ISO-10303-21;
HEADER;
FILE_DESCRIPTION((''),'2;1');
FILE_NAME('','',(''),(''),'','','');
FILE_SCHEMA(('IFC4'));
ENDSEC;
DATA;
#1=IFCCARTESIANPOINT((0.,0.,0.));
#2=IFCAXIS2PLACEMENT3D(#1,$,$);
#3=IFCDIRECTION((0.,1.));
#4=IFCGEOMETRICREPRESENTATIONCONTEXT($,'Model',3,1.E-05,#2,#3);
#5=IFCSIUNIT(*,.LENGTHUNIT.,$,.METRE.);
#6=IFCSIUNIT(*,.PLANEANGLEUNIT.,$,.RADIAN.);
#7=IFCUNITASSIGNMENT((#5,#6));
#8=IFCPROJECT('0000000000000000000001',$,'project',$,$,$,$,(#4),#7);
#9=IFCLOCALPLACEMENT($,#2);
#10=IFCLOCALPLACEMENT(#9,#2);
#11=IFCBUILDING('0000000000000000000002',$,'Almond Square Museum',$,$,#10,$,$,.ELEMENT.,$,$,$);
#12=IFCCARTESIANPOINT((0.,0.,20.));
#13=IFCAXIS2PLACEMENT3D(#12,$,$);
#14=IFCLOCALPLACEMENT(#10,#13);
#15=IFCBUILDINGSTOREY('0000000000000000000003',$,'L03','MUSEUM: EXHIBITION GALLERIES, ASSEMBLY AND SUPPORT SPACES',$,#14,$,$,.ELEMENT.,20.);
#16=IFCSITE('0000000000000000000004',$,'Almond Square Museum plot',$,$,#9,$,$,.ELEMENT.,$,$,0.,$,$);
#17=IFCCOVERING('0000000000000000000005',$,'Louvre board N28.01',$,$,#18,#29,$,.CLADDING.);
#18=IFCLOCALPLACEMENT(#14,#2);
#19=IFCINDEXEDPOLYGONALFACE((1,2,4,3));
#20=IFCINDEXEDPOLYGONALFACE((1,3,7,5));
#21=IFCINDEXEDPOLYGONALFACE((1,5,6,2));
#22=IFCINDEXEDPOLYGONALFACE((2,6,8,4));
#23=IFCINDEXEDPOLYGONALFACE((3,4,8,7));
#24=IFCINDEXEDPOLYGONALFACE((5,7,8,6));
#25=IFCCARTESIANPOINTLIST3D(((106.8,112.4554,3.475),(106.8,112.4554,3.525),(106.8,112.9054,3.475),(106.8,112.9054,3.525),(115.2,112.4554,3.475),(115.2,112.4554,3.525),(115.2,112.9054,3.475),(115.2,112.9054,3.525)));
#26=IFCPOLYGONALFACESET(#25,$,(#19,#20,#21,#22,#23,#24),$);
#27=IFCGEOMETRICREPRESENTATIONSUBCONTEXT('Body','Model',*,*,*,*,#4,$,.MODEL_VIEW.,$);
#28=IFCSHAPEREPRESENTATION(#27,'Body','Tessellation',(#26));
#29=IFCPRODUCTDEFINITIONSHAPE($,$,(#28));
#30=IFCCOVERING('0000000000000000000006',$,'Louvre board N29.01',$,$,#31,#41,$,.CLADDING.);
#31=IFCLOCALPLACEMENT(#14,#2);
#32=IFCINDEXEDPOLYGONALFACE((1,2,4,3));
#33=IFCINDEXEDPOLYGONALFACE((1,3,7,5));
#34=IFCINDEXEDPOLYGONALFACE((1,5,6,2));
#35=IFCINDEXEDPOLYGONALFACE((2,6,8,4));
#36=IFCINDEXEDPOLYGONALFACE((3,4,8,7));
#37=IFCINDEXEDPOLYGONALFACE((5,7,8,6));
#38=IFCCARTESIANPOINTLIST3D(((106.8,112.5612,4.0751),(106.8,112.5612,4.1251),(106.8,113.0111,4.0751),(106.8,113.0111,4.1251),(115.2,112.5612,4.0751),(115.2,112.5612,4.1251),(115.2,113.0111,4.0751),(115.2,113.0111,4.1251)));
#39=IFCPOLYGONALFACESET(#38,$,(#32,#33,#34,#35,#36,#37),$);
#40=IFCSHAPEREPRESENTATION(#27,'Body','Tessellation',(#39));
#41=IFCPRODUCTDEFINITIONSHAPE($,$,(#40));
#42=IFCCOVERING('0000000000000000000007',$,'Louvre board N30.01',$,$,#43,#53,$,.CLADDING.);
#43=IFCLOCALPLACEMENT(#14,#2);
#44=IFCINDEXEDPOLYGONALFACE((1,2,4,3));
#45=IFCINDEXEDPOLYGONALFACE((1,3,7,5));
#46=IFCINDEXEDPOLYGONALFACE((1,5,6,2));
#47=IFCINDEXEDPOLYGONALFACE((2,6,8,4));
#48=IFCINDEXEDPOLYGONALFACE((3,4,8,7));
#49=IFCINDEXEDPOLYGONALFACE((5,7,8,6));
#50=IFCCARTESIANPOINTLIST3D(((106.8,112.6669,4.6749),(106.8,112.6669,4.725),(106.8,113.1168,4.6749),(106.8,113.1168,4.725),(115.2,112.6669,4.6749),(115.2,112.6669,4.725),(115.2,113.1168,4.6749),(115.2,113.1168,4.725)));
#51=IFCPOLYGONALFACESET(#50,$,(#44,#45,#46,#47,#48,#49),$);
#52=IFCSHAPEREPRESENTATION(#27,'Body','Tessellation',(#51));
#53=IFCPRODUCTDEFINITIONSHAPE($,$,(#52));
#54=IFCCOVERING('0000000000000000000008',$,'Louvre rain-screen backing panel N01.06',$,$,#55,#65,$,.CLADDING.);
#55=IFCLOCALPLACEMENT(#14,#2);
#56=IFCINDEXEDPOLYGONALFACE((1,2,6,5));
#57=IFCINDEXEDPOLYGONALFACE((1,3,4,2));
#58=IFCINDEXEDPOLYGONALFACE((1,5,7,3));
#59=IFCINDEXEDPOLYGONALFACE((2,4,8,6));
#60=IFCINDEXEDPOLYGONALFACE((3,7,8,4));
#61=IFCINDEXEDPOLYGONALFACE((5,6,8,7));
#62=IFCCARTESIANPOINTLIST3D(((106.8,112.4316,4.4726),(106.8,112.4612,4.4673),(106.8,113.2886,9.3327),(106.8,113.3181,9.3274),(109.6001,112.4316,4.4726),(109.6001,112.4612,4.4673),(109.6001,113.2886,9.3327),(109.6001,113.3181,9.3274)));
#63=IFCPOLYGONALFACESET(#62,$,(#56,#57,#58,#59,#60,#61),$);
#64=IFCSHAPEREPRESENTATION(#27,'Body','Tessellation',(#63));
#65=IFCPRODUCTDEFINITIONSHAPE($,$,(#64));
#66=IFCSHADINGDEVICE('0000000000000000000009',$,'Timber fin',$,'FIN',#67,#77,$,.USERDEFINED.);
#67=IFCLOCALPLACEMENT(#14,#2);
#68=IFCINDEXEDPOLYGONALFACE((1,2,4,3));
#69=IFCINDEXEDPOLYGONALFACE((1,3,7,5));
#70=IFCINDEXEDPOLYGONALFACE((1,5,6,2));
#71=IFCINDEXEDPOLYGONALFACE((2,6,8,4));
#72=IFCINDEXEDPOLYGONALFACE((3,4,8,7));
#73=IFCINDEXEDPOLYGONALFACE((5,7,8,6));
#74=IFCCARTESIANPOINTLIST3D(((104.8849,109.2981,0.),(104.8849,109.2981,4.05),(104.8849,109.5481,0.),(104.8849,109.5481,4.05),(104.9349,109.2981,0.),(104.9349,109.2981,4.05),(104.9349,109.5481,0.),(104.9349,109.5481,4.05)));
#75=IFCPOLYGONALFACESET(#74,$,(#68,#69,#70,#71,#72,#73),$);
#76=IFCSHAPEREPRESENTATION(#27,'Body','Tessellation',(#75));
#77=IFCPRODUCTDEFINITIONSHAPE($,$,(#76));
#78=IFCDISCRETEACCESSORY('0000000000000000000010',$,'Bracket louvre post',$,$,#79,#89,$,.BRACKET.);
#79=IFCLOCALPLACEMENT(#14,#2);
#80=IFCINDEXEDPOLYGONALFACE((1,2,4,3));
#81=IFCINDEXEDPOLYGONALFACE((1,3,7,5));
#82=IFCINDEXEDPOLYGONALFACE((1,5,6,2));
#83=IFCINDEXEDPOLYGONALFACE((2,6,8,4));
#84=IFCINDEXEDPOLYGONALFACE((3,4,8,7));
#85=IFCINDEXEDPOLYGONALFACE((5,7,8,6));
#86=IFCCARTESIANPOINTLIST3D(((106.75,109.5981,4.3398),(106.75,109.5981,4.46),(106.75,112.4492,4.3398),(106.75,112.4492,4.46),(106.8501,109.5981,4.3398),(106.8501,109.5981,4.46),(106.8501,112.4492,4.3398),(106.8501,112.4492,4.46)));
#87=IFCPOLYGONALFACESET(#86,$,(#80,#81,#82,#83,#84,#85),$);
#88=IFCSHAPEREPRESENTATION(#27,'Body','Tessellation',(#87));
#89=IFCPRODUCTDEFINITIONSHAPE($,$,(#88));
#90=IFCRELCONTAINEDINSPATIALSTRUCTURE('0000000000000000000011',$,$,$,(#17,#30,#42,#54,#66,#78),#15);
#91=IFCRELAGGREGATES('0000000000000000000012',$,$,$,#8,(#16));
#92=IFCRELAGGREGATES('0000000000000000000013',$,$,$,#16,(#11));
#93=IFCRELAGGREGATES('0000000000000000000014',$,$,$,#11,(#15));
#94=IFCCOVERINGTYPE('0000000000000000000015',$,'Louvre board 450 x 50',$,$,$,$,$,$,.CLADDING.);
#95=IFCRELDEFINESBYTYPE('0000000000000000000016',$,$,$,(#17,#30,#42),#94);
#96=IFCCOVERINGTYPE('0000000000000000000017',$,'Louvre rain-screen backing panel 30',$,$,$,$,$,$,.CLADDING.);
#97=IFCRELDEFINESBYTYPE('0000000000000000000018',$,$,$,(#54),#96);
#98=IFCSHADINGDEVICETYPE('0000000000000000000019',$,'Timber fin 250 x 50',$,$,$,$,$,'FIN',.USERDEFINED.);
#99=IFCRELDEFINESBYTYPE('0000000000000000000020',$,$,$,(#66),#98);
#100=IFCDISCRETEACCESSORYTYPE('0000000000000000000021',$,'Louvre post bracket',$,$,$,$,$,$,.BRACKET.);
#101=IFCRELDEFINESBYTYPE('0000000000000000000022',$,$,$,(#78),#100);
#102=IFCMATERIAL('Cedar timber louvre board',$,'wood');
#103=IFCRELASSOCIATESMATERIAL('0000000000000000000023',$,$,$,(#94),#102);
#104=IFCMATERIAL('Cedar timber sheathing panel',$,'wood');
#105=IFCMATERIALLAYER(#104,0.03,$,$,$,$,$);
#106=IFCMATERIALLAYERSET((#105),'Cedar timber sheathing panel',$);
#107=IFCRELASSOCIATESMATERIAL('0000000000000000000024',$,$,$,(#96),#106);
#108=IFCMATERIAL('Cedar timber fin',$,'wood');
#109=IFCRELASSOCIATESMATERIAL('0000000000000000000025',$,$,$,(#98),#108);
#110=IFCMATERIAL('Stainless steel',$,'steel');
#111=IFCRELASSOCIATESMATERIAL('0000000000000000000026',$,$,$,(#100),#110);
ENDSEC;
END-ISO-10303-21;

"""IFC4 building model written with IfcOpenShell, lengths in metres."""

from ifc_helpers import new_model, si_unit, direction, frame, origin, origin_2d, place, context, subcontext, project, spatial, polyline, rectangle, outline, extrude, material, layer, layer_set, material_profile, profile_set, type_object, element, save


model = new_model("IFC4")

# Units and contexts
model_context = context("Model", 3, precision=1e-05, world=origin(), true_north=direction((0.0, 1.0)))
body_context = subcontext(model_context, "Body", "Model", "MODEL_VIEW")
ifc_project = project(units=[si_unit("LENGTHUNIT", "METRE"), si_unit("PLANEANGLEUNIT", "RADIAN")], contexts=[model_context])

# Site, building, storey
site_placement = place(None, origin())
site = spatial("IfcSite", under=ifc_project, at=site_placement, Name="Almond Square Museum plot", CompositionType="ELEMENT", RefElevation=0.0)
building_placement = place(site_placement, origin())
building = spatial("IfcBuilding", under=site, at=building_placement, Name="Almond Square Museum", CompositionType="ELEMENT")
storey_placement = place(building_placement, frame((0.0, 0.0, 20.0)))
storey = spatial("IfcBuildingStorey", under=building, at=storey_placement, Name="L03", Description="MUSEUM: EXHIBITION GALLERIES, ASSEMBLY AND SUPPORT SPACES", CompositionType="ELEMENT", Elevation=20.0)

# Coverings
ifc_material_1 = material(Name="Cedar timber louvre board", Category="wood")
ifc_material_profile_1 = material_profile(ifc_material_1, rectangle(XDim=0.45, YDim=0.05, at=origin_2d()))
ifc_profile_set_1 = profile_set([ifc_material_profile_1], Name="Cedar timber louvre board")
covering_type_1 = type_object("IfcCoveringType", Name="Louvre board 450 x 50", PredefinedType="CLADDING", material=ifc_profile_set_1)
for number, where, z_axis, x_axis, name in (
    (1, (106.8, 112.6804, 3.5), (1.0, 0.0, 0.0), (0.0, 1.0, 0.0), "Louvre board N28.01"),
    (2, (106.8, 112.7861, 4.1001), (1.0, 0.0, 0.0), (0.0, 1.0, 0.0), "Louvre board N29.01"),
    (3, (106.8, 112.8918, 4.7), (1.0, 0.0, 0.0), (0.0, 1.0, 0.0), "Louvre board N30.01"),
):
    element("IfcCovering", number, at=place(storey_placement, frame(where, z_axis=z_axis, x_axis=x_axis)), inside=storey, type_object=covering_type_1, Name=name, PredefinedType="CLADDING", context=body_context, shape_type="SweptSolid", body=[
        extrude(rectangle(XDim=0.45, YDim=0.05, at=origin_2d()), origin(), (0.0, 0.0, 1.0), 8.3999),
    ])
ifc_material_2 = material(Name="Cedar timber sheathing panel", Category="wood")
ifc_layer_1 = layer(ifc_material_2, 0.03)
ifc_layer_set_1 = layer_set([ifc_layer_1], Name="Cedar timber sheathing panel")
covering_type_2 = type_object("IfcCoveringType", Name="Louvre rain-screen backing panel 30", PredefinedType="CLADDING", material=ifc_layer_set_1)
covering_placement = place(storey_placement, frame((106.8, 112.4463, 4.47), z_axis=(0.0, -0.984809, 0.173641), x_axis=(1.0, 0.0, 0.0)))
element("IfcCovering", 4, at=covering_placement, inside=storey, type_object=covering_type_2, Name="Louvre rain-screen backing panel N01.06", PredefinedType="CLADDING", context=body_context, shape_type="SweptSolid", body=[
    extrude(outline(polyline([(0.0, 0.0), (2.8, 0.0), (2.8, 4.9351), (0.0, 4.9351), (0.0, 0.0)])), frame((0.0, 0.0, -0.0151)), (0.0, 0.0, 1.0), 0.03),
])

# Shading device
ifc_material_3 = material(Name="Cedar timber fin", Category="wood")
ifc_material_profile_2 = material_profile(ifc_material_3, rectangle(XDim=0.25, YDim=0.05, at=origin_2d()))
ifc_profile_set_2 = profile_set([ifc_material_profile_2], Name="Cedar timber fin")
shading_device_type = type_object("IfcShadingDeviceType", Name="Timber fin 250 x 50", ElementType="FIN", PredefinedType="USERDEFINED", material=ifc_profile_set_2)
shading_device_placement = place(storey_placement, frame((104.9099, 109.4231, 0.0), z_axis=(0.0, 0.0, 1.0), x_axis=(0.0, 1.0, 0.0)))
element("IfcShadingDevice", 5, at=shading_device_placement, inside=storey, type_object=shading_device_type, Name="Timber fin", ObjectType="FIN", PredefinedType="USERDEFINED", context=body_context, shape_type="SweptSolid", body=[
    extrude(rectangle(XDim=0.25, YDim=0.05, at=origin_2d()), origin(), (0.0, 0.0, 1.0), 4.05),
])

# Discrete accessory
ifc_material_4 = material(Name="Stainless steel", Category="steel")
discrete_accessory_type = type_object("IfcDiscreteAccessoryType", Name="Louvre post bracket", PredefinedType="BRACKET", material=ifc_material_4)
discrete_accessory_placement = place(storey_placement, frame((106.8, 111.0237, 4.3398), z_axis=(0.0, 0.0, 1.0), x_axis=(1.0, 0.0, 0.0)))
element("IfcDiscreteAccessory", 6, at=discrete_accessory_placement, inside=storey, type_object=discrete_accessory_type, Name="Bracket louvre post", PredefinedType="BRACKET", context=body_context, shape_type="SweptSolid", body=[
    extrude(rectangle(XDim=0.1001, YDim=2.8511, at=origin_2d()), origin(), (0.0, 0.0, 1.0), 0.1201),
])

save(model, "model.ifc")
